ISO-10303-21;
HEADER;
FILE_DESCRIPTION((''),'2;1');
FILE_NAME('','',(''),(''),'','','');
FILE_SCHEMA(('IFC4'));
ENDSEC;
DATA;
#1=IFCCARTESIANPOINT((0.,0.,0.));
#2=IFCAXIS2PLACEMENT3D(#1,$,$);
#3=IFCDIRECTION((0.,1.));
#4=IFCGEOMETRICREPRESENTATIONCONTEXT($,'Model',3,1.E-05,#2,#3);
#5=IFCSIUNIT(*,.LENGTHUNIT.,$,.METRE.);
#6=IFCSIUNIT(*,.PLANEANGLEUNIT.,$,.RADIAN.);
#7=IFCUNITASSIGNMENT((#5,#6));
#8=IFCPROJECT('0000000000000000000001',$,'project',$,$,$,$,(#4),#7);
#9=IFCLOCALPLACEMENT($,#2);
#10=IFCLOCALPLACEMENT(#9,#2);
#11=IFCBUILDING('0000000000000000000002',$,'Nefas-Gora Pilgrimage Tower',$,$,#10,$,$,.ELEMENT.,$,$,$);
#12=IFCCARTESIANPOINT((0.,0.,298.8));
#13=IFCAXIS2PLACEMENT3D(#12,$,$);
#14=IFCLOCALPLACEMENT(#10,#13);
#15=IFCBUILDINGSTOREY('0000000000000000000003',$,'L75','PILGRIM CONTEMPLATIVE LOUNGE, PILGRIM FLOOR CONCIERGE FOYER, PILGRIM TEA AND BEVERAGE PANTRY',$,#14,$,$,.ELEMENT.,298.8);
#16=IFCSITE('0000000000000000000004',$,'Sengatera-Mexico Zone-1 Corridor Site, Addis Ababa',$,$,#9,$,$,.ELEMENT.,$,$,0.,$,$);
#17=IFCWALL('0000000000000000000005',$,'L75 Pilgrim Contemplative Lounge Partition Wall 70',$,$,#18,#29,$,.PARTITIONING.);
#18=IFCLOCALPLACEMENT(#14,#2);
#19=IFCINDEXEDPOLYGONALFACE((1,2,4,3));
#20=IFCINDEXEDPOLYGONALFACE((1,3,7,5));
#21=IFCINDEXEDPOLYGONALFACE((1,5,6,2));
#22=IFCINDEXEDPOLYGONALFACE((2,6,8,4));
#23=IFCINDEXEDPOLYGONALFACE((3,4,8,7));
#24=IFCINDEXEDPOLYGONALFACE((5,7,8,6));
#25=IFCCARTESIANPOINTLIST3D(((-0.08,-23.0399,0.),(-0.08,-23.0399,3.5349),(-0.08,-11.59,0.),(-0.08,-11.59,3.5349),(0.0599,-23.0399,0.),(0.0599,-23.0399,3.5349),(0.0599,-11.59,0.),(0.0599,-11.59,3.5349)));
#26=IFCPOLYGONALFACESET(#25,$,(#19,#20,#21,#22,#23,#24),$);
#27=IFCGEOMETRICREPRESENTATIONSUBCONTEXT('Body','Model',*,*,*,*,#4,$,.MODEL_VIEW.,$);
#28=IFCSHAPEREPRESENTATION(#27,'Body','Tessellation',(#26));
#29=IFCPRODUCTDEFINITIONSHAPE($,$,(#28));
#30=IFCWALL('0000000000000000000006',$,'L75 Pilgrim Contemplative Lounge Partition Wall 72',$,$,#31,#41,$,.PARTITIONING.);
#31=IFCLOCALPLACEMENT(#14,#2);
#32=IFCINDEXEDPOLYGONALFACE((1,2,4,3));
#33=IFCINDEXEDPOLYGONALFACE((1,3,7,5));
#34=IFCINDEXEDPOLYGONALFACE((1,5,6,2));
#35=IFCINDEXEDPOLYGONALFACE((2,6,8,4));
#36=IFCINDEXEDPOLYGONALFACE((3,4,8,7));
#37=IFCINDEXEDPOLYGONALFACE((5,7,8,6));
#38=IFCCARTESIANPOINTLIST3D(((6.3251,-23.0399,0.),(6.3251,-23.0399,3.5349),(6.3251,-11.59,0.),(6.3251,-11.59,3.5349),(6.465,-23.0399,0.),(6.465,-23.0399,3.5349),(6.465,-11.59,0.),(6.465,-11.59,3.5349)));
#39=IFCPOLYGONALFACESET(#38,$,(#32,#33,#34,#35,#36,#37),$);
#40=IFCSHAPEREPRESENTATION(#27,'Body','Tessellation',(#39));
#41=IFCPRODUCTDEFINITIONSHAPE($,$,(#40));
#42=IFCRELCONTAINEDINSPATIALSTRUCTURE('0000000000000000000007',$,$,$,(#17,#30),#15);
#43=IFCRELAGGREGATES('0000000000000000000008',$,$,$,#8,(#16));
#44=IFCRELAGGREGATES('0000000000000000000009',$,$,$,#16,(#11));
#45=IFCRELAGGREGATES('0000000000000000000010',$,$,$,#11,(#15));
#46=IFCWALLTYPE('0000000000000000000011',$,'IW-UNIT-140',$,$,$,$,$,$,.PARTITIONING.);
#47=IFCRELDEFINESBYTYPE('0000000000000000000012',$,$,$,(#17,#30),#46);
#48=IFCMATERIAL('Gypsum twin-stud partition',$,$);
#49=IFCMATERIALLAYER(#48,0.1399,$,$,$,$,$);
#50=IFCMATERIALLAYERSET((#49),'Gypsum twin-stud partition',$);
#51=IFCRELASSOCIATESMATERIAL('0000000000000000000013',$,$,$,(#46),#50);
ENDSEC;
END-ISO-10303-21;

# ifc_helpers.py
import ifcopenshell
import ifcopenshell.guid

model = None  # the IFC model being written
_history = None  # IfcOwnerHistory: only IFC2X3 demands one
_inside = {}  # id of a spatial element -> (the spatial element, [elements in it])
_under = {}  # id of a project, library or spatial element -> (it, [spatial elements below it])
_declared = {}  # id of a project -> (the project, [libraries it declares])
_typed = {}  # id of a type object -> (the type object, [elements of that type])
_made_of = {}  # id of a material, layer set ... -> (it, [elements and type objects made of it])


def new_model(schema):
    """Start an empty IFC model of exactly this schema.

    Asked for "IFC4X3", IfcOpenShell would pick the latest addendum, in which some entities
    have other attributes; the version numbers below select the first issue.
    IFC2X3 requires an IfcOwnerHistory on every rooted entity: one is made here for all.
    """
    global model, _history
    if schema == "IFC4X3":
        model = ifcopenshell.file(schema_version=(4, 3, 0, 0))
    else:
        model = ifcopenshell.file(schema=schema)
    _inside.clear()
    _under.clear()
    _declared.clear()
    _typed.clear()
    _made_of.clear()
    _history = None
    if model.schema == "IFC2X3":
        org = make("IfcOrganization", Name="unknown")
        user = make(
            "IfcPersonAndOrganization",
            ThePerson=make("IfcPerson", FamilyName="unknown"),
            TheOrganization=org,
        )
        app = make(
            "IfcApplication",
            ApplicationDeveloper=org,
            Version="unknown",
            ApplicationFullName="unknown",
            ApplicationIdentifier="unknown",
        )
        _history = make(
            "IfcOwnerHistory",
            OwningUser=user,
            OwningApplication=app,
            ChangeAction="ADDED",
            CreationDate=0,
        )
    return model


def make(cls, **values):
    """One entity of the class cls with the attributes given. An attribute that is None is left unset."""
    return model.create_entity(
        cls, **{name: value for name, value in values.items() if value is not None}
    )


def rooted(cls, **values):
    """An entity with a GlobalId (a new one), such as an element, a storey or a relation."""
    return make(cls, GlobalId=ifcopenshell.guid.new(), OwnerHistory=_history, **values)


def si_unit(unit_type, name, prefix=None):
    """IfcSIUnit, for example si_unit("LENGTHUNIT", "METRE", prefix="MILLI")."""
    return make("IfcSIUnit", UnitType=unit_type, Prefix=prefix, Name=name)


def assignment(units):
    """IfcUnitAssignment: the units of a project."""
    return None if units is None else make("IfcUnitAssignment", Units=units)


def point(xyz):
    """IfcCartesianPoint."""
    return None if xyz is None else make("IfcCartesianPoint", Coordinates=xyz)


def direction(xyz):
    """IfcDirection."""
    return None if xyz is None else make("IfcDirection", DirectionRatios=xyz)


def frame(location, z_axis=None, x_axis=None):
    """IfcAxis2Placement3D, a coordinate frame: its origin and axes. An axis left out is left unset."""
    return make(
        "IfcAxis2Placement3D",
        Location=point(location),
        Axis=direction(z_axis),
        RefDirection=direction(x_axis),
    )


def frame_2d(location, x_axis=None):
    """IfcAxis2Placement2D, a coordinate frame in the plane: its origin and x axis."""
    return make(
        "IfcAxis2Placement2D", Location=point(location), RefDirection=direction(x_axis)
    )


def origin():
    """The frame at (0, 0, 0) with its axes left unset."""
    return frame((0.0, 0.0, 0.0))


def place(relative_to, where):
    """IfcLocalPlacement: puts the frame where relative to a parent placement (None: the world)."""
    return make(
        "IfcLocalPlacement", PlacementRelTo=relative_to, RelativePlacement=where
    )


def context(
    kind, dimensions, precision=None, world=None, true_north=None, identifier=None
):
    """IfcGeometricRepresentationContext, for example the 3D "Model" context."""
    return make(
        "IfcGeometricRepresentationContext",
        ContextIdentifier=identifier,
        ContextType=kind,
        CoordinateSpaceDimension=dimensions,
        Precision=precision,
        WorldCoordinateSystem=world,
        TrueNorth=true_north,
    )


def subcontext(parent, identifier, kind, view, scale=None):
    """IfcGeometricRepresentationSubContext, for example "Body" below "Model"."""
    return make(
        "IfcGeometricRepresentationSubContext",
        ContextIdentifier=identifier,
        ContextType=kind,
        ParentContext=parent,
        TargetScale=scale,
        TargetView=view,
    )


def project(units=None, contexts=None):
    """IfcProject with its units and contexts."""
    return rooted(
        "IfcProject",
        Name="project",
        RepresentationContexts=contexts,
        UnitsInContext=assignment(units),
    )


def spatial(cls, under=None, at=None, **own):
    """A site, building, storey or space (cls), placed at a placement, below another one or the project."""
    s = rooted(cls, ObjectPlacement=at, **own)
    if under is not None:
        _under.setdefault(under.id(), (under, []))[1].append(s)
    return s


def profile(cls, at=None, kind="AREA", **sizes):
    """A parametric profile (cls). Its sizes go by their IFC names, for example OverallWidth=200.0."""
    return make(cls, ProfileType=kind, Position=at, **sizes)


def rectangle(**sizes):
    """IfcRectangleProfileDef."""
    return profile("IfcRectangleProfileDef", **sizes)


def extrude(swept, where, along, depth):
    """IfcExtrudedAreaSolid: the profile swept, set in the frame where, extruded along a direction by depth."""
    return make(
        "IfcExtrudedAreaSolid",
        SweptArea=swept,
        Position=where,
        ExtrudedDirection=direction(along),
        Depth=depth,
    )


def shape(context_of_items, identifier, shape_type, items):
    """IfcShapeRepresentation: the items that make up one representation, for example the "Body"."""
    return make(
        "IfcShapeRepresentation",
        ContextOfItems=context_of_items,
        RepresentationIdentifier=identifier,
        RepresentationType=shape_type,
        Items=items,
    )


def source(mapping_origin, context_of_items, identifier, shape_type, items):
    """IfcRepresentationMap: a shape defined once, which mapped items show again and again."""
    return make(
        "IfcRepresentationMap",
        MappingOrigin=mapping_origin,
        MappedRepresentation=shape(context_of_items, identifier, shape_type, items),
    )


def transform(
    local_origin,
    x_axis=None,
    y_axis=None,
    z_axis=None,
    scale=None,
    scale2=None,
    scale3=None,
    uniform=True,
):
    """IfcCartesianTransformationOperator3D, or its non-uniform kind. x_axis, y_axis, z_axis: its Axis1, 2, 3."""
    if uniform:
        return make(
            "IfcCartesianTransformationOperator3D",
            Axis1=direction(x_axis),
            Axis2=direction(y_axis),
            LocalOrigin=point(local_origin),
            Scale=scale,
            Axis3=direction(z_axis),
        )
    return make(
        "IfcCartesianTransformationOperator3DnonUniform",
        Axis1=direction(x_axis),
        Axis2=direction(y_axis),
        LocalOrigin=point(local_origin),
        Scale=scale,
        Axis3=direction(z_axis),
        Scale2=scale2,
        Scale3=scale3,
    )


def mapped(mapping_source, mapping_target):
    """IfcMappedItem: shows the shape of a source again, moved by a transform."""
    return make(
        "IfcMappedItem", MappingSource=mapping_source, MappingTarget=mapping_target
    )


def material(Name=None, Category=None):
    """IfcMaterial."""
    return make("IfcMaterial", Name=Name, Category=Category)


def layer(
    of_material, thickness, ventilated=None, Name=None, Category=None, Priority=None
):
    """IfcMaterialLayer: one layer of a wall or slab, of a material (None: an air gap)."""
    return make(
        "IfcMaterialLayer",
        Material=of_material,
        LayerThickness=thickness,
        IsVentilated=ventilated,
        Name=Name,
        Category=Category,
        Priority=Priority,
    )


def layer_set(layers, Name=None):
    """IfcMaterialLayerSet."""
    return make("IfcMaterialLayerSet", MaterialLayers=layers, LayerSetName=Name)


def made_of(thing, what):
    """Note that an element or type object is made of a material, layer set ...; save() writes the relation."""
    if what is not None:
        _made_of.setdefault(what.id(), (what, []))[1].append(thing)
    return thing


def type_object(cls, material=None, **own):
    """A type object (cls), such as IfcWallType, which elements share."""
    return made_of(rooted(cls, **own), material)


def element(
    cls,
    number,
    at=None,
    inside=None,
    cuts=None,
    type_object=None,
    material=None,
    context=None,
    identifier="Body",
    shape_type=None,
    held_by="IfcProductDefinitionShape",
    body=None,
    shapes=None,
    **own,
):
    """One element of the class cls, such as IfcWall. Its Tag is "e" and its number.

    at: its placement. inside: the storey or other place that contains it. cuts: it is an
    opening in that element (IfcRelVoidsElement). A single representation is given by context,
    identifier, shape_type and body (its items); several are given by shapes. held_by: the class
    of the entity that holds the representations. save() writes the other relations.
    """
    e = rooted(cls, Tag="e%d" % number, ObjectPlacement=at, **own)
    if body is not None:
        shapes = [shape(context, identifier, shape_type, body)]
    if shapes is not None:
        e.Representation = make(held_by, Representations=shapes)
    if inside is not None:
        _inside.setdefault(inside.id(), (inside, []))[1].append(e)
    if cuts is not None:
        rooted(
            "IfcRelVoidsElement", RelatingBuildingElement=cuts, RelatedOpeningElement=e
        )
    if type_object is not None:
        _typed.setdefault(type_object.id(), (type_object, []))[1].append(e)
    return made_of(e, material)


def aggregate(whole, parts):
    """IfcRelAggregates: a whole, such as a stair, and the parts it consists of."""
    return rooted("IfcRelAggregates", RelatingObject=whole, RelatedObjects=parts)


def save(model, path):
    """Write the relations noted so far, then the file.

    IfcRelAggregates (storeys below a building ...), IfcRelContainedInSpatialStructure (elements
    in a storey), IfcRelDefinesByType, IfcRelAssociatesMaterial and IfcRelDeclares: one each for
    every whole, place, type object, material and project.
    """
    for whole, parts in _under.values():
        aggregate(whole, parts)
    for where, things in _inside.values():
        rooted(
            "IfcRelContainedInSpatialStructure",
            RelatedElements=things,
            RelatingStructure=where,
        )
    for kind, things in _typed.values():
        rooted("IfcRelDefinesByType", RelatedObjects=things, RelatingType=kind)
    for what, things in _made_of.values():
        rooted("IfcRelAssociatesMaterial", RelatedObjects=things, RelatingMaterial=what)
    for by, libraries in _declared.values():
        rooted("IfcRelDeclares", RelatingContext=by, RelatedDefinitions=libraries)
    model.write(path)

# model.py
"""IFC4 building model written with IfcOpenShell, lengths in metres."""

from ifc_helpers import new_model, si_unit, direction, frame, frame_2d, origin, place, context, subcontext, project, spatial, rectangle, extrude, source, transform, mapped, material, layer, layer_set, type_object, element, save


model = new_model("IFC4")

# Units and contexts
model_context = context("Model", 3, precision=1e-05, world=origin(), true_north=direction((0.0, 1.0)))
body_context = subcontext(model_context, "Body", "Model", "MODEL_VIEW")
ifc_project = project(units=[si_unit("LENGTHUNIT", "METRE"), si_unit("PLANEANGLEUNIT", "RADIAN")], contexts=[model_context])

# Site, building, storey
site_placement = place(None, origin())
site = spatial("IfcSite", under=ifc_project, at=site_placement, Name="Sengatera-Mexico Zone-1 Corridor Site, Addis Ababa", CompositionType="ELEMENT", RefElevation=0.0)
building_placement = place(site_placement, origin())
building = spatial("IfcBuilding", under=site, at=building_placement, Name="Nefas-Gora Pilgrimage Tower", CompositionType="ELEMENT")
storey_placement = place(building_placement, frame((0.0, 0.0, 298.8)))
storey = spatial("IfcBuildingStorey", under=building, at=storey_placement, Name="L75", Description="PILGRIM CONTEMPLATIVE LOUNGE, PILGRIM FLOOR CONCIERGE FOYER, PILGRIM TEA AND BEVERAGE PANTRY", CompositionType="ELEMENT", Elevation=298.8)

# Walls
ifc_material_1 = material(Name="Gypsum twin-stud partition")
ifc_layer_1 = layer(ifc_material_1, 0.1399)
ifc_layer_set_1 = layer_set([ifc_layer_1], Name="Gypsum twin-stud partition")
wall_type_1 = type_object("IfcWallType", Name="IW-UNIT-140", PredefinedType="PARTITIONING", material=ifc_layer_set_1)
shared_shape_1 = source(origin(), body_context, "Body", "SweptSolid", [
    extrude(rectangle(XDim=11.45, YDim=0.1399, at=frame_2d((5.7251, 0.0))), origin(), (0.0, 0.0, 1.0), 3.5349),
])
for number, where, z_axis, x_axis, name in (
    (1, (-0.01, -23.04, 0.0), (0.0, 0.0, 1.0), (0.0, 1.0, 0.0), "L75 Pilgrim Contemplative Lounge Partition Wall 70"),
    (2, (6.395, -23.04, 0.0), (0.0, 0.0, 1.0), (0.0, 1.0, 0.0), "L75 Pilgrim Contemplative Lounge Partition Wall 72"),
):
    element("IfcWall", number, at=place(storey_placement, frame(where, z_axis=z_axis, x_axis=x_axis)), inside=storey, type_object=wall_type_1, Name=name, PredefinedType="PARTITIONING", context=body_context, shape_type="MappedRepresentation", body=[
        mapped(shared_shape_1, transform((0.0, 0.0, 0.0), x_axis=(1.0, 0.0, 0.0), y_axis=(0.0, 1.0, 0.0), z_axis=(0.0, 0.0, 1.0), scale=1.0)),
    ])

save(model, "model.ifc")
